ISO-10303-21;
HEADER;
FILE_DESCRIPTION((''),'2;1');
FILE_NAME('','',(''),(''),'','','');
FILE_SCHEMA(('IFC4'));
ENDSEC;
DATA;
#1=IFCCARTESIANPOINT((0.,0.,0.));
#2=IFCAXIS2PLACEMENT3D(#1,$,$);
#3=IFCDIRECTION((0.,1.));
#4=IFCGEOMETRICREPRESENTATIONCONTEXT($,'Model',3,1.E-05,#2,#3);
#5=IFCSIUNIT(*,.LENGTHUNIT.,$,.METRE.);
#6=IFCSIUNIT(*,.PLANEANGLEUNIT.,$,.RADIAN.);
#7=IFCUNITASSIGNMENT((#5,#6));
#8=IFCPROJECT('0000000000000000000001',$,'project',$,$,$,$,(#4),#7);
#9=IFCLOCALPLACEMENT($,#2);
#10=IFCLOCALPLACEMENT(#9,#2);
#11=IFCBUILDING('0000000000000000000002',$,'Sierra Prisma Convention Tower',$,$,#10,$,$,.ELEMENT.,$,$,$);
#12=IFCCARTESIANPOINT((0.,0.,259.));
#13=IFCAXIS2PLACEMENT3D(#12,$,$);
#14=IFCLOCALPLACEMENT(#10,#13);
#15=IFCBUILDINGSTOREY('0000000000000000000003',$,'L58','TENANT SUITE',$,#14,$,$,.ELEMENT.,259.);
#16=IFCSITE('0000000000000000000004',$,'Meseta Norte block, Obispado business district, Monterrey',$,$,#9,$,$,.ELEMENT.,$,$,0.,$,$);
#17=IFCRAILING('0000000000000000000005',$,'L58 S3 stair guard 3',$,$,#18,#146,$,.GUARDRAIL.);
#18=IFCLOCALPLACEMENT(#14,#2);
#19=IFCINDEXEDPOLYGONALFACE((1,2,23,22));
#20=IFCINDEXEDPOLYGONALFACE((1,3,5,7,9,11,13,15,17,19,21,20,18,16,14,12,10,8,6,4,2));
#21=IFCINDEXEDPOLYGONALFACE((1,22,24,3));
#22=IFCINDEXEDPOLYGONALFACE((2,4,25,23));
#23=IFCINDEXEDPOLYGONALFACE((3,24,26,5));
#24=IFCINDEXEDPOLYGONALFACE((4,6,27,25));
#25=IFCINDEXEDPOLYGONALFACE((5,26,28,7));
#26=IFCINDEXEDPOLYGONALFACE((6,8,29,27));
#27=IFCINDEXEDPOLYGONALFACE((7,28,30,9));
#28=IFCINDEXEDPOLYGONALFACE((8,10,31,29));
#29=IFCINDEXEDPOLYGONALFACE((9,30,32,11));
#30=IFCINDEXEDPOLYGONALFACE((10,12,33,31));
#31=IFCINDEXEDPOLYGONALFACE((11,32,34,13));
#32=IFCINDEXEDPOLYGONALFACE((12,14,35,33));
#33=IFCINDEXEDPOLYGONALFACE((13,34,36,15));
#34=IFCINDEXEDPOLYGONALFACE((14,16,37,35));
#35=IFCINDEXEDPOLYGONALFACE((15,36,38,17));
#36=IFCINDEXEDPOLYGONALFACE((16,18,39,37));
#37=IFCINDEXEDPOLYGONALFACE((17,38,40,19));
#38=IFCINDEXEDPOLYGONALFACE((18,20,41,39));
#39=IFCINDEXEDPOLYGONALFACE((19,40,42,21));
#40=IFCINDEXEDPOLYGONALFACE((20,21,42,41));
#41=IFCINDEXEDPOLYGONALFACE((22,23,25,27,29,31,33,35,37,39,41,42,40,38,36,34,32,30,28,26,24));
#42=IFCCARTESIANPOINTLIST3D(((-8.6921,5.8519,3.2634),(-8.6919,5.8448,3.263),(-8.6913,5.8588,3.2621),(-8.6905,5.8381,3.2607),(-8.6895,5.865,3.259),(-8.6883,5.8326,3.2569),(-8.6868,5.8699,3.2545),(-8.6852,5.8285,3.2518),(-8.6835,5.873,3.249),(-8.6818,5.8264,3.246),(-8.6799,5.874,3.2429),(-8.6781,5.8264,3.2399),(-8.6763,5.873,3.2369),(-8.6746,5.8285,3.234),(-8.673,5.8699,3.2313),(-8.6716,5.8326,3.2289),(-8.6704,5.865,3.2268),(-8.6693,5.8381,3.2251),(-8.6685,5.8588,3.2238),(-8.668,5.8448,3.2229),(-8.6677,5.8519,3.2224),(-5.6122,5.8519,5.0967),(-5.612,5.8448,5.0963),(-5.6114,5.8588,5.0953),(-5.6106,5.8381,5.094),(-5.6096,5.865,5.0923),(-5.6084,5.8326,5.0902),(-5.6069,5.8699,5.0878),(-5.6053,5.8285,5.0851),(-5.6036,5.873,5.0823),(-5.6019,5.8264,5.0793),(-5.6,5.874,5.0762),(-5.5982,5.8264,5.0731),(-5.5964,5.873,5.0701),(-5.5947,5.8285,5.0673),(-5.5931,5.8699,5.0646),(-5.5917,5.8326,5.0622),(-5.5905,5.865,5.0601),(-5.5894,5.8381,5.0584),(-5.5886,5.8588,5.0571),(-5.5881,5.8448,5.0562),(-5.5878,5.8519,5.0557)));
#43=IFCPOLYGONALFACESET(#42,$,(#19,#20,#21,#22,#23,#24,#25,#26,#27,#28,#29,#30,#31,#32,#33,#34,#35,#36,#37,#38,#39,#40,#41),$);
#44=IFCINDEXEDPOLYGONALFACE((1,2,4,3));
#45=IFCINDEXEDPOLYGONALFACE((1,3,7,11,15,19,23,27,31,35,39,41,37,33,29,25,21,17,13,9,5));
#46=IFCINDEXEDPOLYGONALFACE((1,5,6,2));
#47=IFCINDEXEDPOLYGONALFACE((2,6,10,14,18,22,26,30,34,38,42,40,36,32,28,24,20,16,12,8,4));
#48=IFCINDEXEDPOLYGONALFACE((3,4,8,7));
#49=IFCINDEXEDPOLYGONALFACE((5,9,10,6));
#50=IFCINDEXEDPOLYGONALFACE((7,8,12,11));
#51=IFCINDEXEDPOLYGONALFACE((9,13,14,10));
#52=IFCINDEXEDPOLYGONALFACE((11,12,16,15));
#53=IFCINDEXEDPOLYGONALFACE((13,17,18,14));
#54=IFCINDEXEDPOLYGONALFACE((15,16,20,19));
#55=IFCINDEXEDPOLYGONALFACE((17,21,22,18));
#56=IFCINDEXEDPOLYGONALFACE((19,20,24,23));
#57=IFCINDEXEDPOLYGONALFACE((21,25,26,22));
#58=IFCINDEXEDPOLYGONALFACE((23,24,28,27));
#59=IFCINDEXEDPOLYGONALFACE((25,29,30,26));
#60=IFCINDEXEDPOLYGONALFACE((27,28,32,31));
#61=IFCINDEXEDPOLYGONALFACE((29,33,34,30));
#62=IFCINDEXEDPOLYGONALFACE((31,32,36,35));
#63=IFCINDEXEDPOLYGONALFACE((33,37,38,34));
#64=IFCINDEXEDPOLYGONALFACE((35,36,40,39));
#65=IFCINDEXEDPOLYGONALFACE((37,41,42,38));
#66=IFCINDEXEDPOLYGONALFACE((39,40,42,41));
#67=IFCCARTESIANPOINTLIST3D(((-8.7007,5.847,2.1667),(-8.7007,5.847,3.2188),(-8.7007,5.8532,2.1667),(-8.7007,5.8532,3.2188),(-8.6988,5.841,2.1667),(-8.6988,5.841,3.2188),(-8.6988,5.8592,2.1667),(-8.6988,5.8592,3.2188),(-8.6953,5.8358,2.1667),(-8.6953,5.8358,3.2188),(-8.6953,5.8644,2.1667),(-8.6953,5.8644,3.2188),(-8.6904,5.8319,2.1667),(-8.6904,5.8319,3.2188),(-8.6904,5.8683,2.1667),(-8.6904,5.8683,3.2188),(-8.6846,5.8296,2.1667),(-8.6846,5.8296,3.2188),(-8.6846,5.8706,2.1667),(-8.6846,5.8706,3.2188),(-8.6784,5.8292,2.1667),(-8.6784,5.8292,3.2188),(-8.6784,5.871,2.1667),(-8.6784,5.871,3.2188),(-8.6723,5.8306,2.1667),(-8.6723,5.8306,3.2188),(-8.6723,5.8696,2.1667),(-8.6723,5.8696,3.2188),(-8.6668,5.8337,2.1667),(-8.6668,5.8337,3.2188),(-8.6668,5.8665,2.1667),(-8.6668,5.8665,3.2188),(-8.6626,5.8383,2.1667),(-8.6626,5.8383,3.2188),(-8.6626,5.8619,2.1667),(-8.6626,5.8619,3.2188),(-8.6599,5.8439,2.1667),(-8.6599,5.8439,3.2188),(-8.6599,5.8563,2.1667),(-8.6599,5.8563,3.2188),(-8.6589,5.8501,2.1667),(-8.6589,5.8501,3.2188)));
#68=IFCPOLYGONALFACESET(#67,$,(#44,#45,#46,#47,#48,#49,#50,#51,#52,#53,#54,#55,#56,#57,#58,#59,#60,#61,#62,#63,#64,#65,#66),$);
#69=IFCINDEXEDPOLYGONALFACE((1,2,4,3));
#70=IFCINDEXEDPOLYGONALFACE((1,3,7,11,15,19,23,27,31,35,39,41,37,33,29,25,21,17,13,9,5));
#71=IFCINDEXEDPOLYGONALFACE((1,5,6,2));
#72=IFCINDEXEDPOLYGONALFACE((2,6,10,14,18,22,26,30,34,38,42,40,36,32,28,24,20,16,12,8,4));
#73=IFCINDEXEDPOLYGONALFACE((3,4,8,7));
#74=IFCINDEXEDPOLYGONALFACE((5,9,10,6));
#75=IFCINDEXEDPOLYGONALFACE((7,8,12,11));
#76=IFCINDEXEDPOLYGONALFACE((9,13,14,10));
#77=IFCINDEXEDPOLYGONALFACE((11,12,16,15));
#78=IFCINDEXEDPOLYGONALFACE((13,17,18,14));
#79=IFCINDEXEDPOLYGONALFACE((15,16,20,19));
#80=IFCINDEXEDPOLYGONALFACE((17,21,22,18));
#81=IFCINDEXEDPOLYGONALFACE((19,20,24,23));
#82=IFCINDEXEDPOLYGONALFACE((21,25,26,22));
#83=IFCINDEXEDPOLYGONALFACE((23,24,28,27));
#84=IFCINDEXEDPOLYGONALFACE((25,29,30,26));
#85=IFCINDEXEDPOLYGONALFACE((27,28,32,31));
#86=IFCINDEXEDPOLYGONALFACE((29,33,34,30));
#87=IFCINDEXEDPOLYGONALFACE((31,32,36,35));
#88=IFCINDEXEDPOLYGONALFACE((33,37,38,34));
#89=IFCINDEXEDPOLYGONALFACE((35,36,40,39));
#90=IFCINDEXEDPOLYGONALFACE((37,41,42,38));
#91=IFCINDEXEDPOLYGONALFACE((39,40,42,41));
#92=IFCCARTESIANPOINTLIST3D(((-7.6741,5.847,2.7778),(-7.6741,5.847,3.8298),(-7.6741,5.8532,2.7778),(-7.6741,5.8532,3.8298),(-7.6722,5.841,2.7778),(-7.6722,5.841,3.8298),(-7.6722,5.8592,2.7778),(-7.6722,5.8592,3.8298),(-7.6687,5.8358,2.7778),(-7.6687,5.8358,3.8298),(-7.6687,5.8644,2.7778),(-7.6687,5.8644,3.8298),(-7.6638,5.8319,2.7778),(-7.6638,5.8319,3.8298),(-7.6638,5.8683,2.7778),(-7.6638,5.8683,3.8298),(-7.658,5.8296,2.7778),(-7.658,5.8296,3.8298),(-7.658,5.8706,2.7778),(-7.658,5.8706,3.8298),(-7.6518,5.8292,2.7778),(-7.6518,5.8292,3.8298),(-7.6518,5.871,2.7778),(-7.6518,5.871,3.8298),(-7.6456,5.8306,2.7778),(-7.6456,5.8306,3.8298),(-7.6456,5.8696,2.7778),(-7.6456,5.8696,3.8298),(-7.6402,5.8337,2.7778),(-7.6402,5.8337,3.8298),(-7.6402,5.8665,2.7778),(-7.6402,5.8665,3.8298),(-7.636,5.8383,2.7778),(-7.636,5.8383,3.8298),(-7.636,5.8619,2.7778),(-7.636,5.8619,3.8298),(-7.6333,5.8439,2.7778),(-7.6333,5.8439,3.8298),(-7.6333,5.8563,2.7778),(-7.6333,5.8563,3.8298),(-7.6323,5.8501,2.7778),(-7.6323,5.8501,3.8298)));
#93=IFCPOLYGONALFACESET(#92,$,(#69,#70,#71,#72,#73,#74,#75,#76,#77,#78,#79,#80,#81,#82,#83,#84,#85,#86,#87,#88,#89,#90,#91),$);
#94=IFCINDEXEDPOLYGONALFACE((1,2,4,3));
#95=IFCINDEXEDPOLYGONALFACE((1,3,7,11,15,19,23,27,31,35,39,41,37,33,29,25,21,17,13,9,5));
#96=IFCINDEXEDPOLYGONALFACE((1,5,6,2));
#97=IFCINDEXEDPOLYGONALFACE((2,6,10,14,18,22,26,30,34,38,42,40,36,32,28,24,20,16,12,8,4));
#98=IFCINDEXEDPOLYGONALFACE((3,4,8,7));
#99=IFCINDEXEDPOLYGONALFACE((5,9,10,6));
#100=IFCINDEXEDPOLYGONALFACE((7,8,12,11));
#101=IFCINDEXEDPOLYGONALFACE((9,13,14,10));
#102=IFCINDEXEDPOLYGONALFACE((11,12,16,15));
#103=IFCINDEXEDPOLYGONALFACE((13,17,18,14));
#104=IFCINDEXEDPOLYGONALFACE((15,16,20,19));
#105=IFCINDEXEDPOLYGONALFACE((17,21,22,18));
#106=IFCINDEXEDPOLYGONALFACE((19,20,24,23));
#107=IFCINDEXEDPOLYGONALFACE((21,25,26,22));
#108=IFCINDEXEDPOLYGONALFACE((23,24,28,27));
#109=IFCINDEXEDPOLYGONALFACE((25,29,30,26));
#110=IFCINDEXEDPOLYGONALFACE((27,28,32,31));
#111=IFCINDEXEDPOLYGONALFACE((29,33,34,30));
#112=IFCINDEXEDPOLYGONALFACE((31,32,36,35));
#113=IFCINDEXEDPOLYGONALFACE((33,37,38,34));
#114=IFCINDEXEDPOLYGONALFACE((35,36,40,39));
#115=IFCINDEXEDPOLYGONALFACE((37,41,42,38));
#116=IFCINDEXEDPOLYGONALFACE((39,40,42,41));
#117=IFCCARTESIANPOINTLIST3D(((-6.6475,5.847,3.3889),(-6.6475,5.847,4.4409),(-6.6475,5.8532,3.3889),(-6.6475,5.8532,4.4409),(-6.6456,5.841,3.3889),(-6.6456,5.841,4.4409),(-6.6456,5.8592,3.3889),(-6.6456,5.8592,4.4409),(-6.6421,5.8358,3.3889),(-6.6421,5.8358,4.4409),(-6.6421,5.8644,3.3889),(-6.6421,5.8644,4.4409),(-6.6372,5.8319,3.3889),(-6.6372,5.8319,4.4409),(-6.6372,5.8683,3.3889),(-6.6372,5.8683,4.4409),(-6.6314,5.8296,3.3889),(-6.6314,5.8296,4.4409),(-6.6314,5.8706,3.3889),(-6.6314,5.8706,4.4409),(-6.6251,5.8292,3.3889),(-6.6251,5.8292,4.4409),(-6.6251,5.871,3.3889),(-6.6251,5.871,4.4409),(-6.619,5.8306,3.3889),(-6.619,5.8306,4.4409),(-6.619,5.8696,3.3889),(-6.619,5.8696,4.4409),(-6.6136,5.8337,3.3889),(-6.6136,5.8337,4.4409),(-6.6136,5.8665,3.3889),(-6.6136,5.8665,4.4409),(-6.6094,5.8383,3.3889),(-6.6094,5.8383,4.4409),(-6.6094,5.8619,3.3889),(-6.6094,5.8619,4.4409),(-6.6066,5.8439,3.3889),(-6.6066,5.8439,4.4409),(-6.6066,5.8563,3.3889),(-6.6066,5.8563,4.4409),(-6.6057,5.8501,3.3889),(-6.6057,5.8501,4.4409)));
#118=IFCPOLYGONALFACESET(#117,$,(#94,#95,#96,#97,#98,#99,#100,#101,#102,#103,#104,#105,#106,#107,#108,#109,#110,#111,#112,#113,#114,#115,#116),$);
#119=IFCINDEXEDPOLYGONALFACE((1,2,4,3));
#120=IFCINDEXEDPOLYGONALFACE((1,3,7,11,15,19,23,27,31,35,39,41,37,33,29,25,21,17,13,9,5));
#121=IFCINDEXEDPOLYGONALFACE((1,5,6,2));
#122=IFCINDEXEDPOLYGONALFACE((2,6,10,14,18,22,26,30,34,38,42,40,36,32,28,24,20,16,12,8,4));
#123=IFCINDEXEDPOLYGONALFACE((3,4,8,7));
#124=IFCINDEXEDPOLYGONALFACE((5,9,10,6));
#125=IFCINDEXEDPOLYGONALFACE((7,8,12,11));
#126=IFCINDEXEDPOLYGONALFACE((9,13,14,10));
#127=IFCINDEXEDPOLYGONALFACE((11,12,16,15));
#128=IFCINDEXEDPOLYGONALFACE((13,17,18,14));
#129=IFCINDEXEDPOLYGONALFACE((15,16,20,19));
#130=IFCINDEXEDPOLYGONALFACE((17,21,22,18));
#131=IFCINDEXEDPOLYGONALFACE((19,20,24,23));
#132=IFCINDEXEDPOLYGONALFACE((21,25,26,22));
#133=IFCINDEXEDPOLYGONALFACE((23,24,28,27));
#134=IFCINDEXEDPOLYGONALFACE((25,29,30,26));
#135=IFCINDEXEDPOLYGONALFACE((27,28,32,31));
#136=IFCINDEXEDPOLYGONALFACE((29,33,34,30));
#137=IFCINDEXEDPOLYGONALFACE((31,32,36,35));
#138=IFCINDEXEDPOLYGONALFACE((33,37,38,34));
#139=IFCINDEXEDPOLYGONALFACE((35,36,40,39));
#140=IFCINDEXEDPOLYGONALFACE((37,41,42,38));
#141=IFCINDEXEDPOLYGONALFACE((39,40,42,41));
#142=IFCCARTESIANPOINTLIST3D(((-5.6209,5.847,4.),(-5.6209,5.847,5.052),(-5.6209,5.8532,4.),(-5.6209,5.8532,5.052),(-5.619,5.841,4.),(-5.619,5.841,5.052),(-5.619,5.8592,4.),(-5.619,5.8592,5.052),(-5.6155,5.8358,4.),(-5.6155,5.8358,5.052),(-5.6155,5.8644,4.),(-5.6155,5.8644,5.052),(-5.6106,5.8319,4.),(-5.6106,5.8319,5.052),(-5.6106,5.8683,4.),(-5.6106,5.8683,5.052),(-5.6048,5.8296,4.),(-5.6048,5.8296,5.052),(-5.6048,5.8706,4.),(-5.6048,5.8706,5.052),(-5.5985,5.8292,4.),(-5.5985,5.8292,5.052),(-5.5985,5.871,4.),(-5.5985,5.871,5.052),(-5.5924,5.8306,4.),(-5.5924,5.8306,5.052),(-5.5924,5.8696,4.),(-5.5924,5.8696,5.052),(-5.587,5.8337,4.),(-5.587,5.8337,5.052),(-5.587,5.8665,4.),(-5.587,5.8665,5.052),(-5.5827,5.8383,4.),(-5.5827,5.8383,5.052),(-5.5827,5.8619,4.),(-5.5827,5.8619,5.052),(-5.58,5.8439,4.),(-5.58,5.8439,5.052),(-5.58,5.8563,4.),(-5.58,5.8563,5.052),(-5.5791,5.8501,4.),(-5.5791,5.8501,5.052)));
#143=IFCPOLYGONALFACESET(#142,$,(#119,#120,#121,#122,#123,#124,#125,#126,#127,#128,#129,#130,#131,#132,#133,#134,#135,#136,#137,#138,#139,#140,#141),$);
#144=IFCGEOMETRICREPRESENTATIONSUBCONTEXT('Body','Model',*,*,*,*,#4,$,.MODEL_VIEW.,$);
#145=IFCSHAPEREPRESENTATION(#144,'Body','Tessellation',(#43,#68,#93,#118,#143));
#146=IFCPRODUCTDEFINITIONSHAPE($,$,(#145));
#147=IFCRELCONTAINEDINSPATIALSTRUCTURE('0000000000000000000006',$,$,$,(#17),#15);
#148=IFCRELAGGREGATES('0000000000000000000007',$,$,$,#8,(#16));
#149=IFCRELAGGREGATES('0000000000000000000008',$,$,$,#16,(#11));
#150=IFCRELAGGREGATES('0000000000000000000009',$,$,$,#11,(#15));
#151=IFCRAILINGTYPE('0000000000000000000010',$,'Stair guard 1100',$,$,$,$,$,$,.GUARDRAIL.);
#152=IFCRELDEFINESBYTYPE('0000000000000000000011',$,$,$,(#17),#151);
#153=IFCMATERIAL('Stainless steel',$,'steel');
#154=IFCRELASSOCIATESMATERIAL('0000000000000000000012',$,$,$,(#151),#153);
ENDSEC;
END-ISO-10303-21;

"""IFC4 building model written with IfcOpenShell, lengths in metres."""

from ifc_helpers import new_model, si_unit, direction, frame, origin, origin_2d, place, context, subcontext, project, spatial, circle, extrude, material, type_object, element, save


model = new_model("IFC4")

# Units and contexts
model_context = context("Model", 3, precision=1e-05, world=origin(), true_north=direction((0.0, 1.0)))
body_context = subcontext(model_context, "Body", "Model", "MODEL_VIEW")
ifc_project = project(units=[si_unit("LENGTHUNIT", "METRE"), si_unit("PLANEANGLEUNIT", "RADIAN")], contexts=[model_context])

# Site, building, storey
site_placement = place(None, origin())
site = spatial("IfcSite", under=ifc_project, at=site_placement, Name="Meseta Norte block, Obispado business district, Monterrey", CompositionType="ELEMENT", RefElevation=0.0)
building_placement = place(site_placement, origin())
building = spatial("IfcBuilding", under=site, at=building_placement, Name="Sierra Prisma Convention Tower", CompositionType="ELEMENT")
storey_placement = place(building_placement, frame((0.0, 0.0, 259.0)))
storey = spatial("IfcBuildingStorey", under=building, at=storey_placement, Name="L58", Description="TENANT SUITE", CompositionType="ELEMENT", Elevation=259.0)

# Railing
ifc_material_1 = material(Name="Stainless steel", Category="steel")
railing_type_1 = type_object("IfcRailingType", Name="Stair guard 1100", PredefinedType="GUARDRAIL", material=ifc_material_1)
railing_1_placement = place(storey_placement, frame((-8.6799, 5.8501, 2.1667)))
element("IfcRailing", 1, at=railing_1_placement, inside=storey, type_object=railing_type_1, Name="L58 S3 stair guard 3", PredefinedType="GUARDRAIL", context=body_context, shape_type="SweptSolid", body=[
    extrude(circle(Radius=0.0239, at=origin_2d()), frame((0.0, 0.0, 1.0762), z_axis=(0.859291, 0.0, 0.511487), x_axis=(0.0, 1.0, 0.0)), (0.0, 0.0, 1.0), 3.5842),
    extrude(circle(Radius=0.021, at=origin_2d()), origin(), (0.0, 0.0, 1.0), 1.052),
    extrude(circle(Radius=0.021, at=origin_2d()), frame((1.0266, 0.0, 0.6111)), (0.0, 0.0, 1.0), 1.052),
    extrude(circle(Radius=0.021, at=origin_2d()), frame((2.0532, 0.0, 1.2222)), (0.0, 0.0, 1.0), 1.052),
    extrude(circle(Radius=0.021, at=origin_2d()), frame((3.0798, 0.0, 1.8333)), (0.0, 0.0, 1.0), 1.052),
])

save(model, "model.ifc")
